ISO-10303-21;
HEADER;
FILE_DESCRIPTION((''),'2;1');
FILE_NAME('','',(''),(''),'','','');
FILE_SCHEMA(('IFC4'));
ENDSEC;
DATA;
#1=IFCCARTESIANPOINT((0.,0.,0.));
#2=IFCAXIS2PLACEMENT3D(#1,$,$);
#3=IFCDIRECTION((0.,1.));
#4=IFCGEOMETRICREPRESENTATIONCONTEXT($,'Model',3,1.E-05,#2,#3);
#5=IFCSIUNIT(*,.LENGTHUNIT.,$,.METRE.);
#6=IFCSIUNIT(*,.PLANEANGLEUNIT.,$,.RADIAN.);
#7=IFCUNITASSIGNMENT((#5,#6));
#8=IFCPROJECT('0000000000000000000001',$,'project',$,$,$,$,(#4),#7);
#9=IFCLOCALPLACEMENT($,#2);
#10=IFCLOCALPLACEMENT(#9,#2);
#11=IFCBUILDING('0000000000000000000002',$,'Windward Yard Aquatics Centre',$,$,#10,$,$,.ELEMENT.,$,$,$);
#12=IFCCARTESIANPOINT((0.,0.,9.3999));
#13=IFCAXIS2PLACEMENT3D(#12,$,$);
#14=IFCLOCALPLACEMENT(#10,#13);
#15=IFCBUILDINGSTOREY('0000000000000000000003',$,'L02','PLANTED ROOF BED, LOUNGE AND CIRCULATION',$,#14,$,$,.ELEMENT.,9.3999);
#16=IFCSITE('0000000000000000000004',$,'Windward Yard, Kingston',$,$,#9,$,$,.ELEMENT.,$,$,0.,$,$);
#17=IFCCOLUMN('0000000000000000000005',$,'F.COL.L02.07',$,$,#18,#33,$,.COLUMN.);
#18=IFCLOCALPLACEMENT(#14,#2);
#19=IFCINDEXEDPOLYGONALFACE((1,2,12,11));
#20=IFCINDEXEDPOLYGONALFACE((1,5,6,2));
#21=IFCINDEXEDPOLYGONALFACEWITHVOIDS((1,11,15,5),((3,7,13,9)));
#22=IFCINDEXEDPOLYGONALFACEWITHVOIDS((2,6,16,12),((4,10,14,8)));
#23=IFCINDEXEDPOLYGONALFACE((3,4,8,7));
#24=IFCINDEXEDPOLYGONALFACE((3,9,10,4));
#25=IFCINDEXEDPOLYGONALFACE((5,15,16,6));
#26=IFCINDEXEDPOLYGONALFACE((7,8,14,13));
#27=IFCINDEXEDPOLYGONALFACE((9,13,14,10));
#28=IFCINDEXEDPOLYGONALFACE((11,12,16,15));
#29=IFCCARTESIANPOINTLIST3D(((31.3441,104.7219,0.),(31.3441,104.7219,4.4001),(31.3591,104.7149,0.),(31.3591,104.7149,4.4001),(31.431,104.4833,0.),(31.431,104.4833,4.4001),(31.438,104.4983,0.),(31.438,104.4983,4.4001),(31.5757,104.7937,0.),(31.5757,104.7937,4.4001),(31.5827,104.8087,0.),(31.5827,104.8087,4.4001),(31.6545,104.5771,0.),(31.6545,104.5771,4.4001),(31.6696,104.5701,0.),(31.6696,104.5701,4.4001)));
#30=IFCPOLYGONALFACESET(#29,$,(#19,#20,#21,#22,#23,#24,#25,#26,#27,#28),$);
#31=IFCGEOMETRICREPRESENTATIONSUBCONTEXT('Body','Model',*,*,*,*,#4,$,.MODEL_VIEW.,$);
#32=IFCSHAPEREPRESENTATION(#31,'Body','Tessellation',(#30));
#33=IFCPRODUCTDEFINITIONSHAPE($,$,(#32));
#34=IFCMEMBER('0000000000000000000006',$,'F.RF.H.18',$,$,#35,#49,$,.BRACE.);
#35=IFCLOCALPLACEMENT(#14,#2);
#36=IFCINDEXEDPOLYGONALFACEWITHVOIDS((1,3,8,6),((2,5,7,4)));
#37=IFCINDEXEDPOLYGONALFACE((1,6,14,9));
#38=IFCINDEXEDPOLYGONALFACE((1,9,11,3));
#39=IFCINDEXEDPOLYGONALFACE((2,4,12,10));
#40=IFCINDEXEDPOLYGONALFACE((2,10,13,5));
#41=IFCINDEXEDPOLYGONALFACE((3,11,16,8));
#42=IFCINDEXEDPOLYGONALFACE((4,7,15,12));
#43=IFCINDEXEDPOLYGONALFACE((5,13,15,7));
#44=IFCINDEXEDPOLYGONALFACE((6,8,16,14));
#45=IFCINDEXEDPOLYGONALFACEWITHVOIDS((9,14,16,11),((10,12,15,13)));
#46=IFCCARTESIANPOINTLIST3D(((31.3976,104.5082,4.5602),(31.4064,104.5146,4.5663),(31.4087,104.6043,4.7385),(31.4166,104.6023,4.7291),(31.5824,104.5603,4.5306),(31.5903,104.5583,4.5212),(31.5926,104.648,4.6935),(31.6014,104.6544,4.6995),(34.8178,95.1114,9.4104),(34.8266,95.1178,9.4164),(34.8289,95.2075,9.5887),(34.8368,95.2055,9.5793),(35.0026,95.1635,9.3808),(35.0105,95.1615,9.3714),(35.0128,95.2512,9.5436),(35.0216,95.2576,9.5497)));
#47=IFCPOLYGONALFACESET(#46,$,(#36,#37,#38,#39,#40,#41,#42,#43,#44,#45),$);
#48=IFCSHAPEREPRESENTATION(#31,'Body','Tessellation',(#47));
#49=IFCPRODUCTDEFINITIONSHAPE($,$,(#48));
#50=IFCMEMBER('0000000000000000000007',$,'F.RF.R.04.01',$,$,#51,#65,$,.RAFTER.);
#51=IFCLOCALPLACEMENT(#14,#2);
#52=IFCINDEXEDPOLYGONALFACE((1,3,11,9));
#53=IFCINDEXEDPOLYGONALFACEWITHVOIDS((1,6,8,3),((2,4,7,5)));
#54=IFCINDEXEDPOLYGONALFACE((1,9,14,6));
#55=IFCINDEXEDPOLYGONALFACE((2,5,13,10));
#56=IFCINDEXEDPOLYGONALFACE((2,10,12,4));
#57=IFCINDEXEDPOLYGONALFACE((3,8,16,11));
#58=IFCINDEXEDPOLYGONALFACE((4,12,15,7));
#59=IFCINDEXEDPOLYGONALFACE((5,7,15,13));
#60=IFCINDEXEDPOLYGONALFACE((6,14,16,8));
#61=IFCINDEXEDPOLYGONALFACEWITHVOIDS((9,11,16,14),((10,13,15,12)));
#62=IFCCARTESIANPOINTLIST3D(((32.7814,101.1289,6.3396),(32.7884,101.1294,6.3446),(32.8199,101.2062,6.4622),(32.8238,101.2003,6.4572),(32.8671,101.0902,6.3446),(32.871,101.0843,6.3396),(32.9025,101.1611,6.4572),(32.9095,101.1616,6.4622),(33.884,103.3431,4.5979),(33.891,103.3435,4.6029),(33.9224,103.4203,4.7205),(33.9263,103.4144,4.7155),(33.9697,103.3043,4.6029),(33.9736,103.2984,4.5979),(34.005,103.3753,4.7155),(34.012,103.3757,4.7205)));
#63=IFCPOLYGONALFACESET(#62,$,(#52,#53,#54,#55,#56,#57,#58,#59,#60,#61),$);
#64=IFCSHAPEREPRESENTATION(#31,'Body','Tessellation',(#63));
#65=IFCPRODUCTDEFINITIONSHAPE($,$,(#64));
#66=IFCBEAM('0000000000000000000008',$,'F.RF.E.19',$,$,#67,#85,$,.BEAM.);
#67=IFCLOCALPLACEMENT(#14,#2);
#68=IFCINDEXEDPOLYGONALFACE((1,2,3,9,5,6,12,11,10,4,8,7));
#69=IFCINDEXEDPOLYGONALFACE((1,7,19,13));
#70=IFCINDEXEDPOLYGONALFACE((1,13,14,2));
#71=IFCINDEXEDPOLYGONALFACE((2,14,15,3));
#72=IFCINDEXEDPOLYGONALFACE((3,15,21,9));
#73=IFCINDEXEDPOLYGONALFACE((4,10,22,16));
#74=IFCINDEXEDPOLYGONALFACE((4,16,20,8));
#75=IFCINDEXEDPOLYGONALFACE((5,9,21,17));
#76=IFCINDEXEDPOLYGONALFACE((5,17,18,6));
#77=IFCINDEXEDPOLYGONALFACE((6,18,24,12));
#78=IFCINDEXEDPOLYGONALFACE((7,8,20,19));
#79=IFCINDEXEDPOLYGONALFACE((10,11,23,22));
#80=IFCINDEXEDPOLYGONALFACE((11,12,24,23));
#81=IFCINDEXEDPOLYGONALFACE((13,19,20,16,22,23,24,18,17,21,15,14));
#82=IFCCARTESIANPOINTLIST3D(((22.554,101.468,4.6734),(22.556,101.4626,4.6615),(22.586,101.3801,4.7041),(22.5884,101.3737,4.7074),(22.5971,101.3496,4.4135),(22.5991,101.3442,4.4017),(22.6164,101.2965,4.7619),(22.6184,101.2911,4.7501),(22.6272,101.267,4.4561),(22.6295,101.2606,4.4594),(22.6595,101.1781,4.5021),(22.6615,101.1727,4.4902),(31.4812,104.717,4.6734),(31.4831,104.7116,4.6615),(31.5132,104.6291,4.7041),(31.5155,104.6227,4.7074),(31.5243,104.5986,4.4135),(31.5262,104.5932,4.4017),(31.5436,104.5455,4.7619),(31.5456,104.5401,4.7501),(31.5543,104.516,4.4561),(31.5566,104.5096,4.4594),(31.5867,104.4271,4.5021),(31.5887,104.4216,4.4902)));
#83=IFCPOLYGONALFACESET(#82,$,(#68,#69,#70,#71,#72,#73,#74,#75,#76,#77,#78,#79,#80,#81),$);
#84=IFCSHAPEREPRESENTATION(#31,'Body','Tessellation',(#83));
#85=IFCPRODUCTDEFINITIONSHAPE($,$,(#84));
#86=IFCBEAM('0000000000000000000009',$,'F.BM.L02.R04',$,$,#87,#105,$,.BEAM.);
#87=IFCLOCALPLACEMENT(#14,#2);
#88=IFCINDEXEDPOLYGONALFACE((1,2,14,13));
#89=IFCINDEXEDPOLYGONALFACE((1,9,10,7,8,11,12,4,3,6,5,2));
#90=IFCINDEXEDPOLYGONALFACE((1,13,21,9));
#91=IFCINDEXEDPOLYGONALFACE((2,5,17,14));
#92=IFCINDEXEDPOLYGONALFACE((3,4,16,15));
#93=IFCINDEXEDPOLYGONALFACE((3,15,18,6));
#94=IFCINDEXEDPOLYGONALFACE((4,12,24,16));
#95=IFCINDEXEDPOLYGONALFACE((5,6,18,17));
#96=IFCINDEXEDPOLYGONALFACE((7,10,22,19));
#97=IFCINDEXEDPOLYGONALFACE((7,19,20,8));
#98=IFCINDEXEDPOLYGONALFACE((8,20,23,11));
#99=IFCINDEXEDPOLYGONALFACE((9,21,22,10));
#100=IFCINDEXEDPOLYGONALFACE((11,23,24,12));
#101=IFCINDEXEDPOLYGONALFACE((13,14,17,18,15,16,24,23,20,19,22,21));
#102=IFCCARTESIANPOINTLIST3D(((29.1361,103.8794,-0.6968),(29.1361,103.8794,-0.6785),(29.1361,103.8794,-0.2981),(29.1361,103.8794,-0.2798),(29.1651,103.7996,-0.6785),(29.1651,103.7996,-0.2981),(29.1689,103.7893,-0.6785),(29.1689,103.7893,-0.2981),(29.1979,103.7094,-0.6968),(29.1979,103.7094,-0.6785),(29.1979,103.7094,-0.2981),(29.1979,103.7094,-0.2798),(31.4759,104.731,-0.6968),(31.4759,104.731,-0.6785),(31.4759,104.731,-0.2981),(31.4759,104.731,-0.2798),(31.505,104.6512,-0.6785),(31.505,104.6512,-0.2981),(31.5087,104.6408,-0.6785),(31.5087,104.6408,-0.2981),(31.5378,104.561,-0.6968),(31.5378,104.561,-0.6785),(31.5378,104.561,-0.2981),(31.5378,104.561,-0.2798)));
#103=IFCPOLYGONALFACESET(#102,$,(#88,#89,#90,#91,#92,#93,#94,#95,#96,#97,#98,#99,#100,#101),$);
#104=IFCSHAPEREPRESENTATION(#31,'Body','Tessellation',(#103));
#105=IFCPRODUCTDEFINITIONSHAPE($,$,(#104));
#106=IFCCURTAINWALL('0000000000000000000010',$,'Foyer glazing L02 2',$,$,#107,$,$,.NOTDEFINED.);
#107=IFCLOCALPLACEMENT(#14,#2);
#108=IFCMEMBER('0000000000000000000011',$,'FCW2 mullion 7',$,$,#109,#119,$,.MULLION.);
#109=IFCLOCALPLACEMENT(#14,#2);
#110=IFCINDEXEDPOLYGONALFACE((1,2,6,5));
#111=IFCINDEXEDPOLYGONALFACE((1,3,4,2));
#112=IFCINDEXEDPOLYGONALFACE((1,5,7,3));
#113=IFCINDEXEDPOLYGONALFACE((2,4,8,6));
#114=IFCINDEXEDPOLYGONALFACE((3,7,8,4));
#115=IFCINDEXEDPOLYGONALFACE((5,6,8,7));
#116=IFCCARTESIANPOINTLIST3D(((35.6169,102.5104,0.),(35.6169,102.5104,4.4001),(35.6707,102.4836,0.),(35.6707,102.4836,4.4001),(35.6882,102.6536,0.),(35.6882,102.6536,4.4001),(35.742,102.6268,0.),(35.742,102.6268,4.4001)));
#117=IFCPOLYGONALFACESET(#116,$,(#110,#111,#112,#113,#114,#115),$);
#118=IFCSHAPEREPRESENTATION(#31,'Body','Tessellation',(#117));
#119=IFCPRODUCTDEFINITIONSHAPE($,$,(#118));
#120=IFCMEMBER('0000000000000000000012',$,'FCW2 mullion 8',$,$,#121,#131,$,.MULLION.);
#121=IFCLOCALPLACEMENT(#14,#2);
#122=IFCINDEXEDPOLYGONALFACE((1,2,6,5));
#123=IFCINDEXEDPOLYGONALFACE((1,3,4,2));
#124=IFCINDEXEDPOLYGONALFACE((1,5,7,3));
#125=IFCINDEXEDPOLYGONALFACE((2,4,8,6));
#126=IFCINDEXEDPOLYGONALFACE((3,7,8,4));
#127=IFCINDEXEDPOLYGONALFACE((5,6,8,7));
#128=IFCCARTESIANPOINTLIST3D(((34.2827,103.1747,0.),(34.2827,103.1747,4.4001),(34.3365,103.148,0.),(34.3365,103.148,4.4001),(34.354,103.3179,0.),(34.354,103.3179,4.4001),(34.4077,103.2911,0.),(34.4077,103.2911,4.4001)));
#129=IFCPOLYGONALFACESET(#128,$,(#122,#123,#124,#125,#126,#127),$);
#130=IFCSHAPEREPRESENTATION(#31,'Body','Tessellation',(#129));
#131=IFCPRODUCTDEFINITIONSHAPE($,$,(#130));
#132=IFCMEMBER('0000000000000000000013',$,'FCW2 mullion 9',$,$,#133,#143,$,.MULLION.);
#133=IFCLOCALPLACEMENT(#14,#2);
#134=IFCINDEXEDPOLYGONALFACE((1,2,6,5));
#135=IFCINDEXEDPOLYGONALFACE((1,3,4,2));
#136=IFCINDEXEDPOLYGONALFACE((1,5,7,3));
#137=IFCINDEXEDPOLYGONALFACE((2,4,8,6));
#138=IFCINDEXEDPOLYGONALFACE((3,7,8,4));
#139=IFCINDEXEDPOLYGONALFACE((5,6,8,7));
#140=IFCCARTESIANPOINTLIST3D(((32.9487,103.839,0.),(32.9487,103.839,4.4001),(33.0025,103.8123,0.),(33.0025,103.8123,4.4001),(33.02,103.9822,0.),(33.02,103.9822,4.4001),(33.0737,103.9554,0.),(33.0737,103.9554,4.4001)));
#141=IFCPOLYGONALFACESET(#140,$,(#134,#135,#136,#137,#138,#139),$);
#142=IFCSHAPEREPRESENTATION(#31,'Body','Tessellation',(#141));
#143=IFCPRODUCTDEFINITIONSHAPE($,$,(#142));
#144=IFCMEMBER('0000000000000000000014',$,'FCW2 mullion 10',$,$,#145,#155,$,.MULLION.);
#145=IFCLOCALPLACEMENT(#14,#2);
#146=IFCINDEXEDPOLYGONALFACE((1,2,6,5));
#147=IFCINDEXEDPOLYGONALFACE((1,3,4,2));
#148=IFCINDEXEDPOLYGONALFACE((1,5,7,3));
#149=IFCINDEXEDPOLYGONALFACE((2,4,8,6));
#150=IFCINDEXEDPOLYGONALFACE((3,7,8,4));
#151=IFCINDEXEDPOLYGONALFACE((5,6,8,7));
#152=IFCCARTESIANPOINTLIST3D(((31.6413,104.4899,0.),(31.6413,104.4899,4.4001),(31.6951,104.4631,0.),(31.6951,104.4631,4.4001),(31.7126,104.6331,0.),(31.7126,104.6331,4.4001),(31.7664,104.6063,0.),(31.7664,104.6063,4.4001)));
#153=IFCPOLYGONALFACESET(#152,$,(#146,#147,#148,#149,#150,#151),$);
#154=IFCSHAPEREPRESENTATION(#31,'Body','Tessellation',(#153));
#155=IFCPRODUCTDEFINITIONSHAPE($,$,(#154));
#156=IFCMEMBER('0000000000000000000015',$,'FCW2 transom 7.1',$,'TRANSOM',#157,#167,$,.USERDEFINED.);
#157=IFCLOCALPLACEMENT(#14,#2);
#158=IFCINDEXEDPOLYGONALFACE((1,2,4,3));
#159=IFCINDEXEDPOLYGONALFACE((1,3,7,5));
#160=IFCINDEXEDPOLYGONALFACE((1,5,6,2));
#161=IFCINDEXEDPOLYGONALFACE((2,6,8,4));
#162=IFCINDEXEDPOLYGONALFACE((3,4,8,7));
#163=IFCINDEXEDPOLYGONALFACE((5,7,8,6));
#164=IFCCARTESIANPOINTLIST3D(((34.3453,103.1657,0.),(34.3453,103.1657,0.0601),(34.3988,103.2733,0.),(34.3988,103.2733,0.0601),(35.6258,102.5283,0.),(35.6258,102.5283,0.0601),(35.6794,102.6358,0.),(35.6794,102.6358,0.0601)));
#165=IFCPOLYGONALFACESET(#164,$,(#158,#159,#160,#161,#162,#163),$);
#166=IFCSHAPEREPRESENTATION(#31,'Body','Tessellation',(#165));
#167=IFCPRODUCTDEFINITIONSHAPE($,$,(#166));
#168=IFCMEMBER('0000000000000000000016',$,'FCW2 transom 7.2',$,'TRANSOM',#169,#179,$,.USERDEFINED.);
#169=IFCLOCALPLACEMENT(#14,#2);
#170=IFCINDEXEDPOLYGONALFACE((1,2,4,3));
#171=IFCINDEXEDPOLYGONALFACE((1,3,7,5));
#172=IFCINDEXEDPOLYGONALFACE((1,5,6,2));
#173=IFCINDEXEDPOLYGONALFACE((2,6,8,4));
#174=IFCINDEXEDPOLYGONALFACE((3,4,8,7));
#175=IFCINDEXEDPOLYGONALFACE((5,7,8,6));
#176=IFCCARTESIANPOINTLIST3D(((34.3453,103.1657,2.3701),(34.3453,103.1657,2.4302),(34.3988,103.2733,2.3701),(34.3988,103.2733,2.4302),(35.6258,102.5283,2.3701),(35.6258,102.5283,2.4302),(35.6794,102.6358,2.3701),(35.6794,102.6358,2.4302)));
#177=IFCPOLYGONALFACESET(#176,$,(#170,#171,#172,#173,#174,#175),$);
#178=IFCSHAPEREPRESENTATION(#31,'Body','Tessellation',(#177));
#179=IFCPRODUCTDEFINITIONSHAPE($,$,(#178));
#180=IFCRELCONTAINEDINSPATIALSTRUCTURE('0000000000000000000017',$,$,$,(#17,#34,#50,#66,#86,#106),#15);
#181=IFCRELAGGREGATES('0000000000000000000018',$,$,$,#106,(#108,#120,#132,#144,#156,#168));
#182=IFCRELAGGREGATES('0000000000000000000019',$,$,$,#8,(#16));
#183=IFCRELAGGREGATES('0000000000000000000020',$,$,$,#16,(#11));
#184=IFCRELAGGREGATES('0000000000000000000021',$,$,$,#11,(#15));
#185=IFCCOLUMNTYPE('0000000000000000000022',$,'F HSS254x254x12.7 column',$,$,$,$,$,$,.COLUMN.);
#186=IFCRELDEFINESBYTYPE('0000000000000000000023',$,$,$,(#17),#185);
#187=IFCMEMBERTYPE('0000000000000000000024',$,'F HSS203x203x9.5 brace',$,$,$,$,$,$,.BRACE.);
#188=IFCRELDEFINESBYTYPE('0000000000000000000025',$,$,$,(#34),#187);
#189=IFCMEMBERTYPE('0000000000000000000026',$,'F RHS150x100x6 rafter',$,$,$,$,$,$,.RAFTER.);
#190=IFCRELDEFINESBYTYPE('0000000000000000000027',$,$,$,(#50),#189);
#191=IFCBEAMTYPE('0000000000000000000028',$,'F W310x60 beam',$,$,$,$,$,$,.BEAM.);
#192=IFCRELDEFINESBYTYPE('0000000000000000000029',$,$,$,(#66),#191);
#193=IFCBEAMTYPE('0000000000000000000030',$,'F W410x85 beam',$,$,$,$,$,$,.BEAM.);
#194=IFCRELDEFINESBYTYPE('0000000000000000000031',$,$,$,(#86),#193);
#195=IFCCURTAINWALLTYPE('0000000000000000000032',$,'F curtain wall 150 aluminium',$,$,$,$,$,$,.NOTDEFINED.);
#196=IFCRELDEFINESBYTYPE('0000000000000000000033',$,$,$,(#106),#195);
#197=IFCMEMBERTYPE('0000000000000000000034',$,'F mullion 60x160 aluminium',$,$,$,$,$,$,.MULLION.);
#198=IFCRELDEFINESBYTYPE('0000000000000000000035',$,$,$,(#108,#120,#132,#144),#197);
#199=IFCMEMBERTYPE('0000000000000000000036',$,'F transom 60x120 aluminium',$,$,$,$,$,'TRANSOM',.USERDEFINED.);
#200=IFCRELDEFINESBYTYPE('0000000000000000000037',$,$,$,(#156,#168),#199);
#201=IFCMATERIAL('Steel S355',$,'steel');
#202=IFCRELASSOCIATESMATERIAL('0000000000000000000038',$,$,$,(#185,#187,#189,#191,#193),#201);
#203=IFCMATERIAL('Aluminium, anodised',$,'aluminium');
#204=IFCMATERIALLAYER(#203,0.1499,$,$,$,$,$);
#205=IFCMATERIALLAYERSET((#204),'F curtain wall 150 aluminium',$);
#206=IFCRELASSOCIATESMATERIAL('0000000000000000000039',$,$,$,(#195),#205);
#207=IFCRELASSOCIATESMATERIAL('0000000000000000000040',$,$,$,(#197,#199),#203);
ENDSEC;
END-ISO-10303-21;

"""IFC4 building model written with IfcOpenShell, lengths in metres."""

from ifc_helpers import new_model, si_unit, direction, frame, origin, origin_2d, place, context, subcontext, project, spatial, rectangle, hollow_rectangle, i_section, extrude, material, layer, layer_set, material_profile, profile_set, type_object, element, aggregate, save


model = new_model("IFC4")

# Units and contexts
model_context = context("Model", 3, precision=1e-05, world=origin(), true_north=direction((0.0, 1.0)))
body_context = subcontext(model_context, "Body", "Model", "MODEL_VIEW")
ifc_project = project(units=[si_unit("LENGTHUNIT", "METRE"), si_unit("PLANEANGLEUNIT", "RADIAN")], contexts=[model_context])

# Site, building, storey
site_placement = place(None, origin())
site = spatial("IfcSite", under=ifc_project, at=site_placement, Name="Windward Yard, Kingston", CompositionType="ELEMENT", RefElevation=0.0)
building_placement = place(site_placement, origin())
building = spatial("IfcBuilding", under=site, at=building_placement, Name="Windward Yard Aquatics Centre", CompositionType="ELEMENT")
storey_placement = place(building_placement, frame((0.0, 0.0, 9.3999)))
storey = spatial("IfcBuildingStorey", under=building, at=storey_placement, Name="L02", Description="PLANTED ROOF BED, LOUNGE AND CIRCULATION", CompositionType="ELEMENT", Elevation=9.3999)

# Column
ifc_material_1 = material(Name="Steel S355", Category="steel")
ifc_material_profile_1 = material_profile(ifc_material_1, hollow_rectangle(XDim=0.2539, YDim=0.2539, WallThickness=0.0117, at=origin_2d()), Name="HSS254x254x12.7")
ifc_profile_set_1 = profile_set([ifc_material_profile_1], Name="Steel S355")
column_type = type_object("IfcColumnType", Name="F HSS254x254x12.7 column", PredefinedType="COLUMN", material=ifc_profile_set_1)
column_placement = place(storey_placement, frame((31.5068, 104.646, 0.0), z_axis=(0.0, 0.0, 1.0), x_axis=(0.939693, 0.34202, 0.0)))
element("IfcColumn", 1, at=column_placement, inside=storey, type_object=column_type, Name="F.COL.L02.07", PredefinedType="COLUMN", context=body_context, shape_type="SweptSolid", body=[
    extrude(hollow_rectangle(XDim=0.2539, YDim=0.2539, WallThickness=0.0117, at=origin_2d()), origin(), (0.0, 0.0, 1.0), 4.4001),
])

# Members
ifc_material_profile_2 = material_profile(ifc_material_1, hollow_rectangle(XDim=0.2029, YDim=0.2029, WallThickness=0.0088, at=origin_2d()), Name="HSS203x203x9.5")
ifc_profile_set_2 = profile_set([ifc_material_profile_2], Name="Steel S355")
member_type_1 = type_object("IfcMemberType", Name="F HSS203x203x9.5 brace", PredefinedType="BRACE", material=ifc_profile_set_2)
member_1_placement = place(storey_placement, frame((31.4995, 104.5813, 4.6299), z_axis=(0.307737, -0.845491, 0.436398), x_axis=(0.949884, 0.246516, -0.192226)))
element("IfcMember", 2, at=member_1_placement, inside=storey, type_object=member_type_1, Name="F.RF.H.18", PredefinedType="BRACE", context=body_context, shape_type="SweptSolid", body=[
    extrude(hollow_rectangle(XDim=0.2029, YDim=0.2029, WallThickness=0.0088, at=origin_2d()), origin(), (0.0, 0.0, 1.0), 11.114),
])
ifc_material_profile_3 = material_profile(ifc_material_1, hollow_rectangle(XDim=0.1001, YDim=0.1499, WallThickness=0.0061, at=origin_2d()), Name="RHS150x100x6")
ifc_profile_set_3 = profile_set([ifc_material_profile_3], Name="Steel S355")
member_type_2 = type_object("IfcMemberType", Name="F RHS150x100x6 rafter", PredefinedType="RAFTER", material=ifc_profile_set_3)
member_2_placement = place(storey_placement, frame((33.948, 103.3594, 4.6592), z_axis=(-0.36446, -0.731907, 0.575744), x_axis=(0.895156, -0.445752, 0.0)))
element("IfcMember", 3, at=member_2_placement, inside=storey, type_object=member_type_2, Name="F.RF.R.04.01", PredefinedType="RAFTER", context=body_context, shape_type="SweptSolid", body=[
    extrude(hollow_rectangle(XDim=0.1001, YDim=0.1499, WallThickness=0.0061, at=origin_2d()), origin(), (0.0, 0.0, 1.0), 3.0251),
])

# Beams
ifc_material_profile_4 = material_profile(ifc_material_1, i_section(OverallWidth=0.2029, OverallDepth=0.302, WebThickness=0.0076, FlangeThickness=0.0132, at=origin_2d()), Name="W310x60")
ifc_profile_set_4 = profile_set([ifc_material_profile_4], Name="Steel S355")
beam_type_1 = type_object("IfcBeamType", Name="F W310x60 beam", PredefinedType="BEAM", material=ifc_profile_set_4)
beam_1_placement = place(storey_placement, frame((31.5349, 104.5693, 4.5818), z_axis=(-0.9397, -0.341999, 0.0), x_axis=(0.307717, -0.845505, 0.436384)))
element("IfcBeam", 4, at=beam_1_placement, inside=storey, type_object=beam_type_1, Name="F.RF.E.19", PredefinedType="BEAM", context=body_context, shape_type="SweptSolid", body=[
    extrude(i_section(OverallWidth=0.2029, OverallDepth=0.302, WebThickness=0.0076, FlangeThickness=0.0132, at=origin_2d()), origin(), (0.0, 0.0, 1.0), 9.5),
])
ifc_material_profile_5 = material_profile(ifc_material_1, i_section(OverallWidth=0.1809, OverallDepth=0.417, WebThickness=0.011, FlangeThickness=0.0183, at=origin_2d()), Name="W410x85")
ifc_profile_set_5 = profile_set([ifc_material_profile_5], Name="Steel S355")
beam_type_2 = type_object("IfcBeamType", Name="F W410x85 beam", PredefinedType="BEAM", material=ifc_profile_set_5)
beam_2_placement = place(storey_placement, frame((31.5068, 104.646, -0.4883), z_axis=(-0.939702, -0.341995, 0.0), x_axis=(0.341995, -0.939702, 0.0)))
element("IfcBeam", 5, at=beam_2_placement, inside=storey, type_object=beam_type_2, Name="F.BM.L02.R04", PredefinedType="BEAM", context=body_context, shape_type="SweptSolid", body=[
    extrude(i_section(OverallWidth=0.1809, OverallDepth=0.417, WebThickness=0.011, FlangeThickness=0.0183, at=origin_2d()), origin(), (0.0, 0.0, 1.0), 2.49),
])

# Curtain wall, members
ifc_material_2 = material(Name="Aluminium, anodised", Category="aluminium")
ifc_layer_1 = layer(ifc_material_2, 0.1499)
ifc_layer_set_1 = layer_set([ifc_layer_1], Name="F curtain wall 150 aluminium")
curtain_wall_type = type_object("IfcCurtainWallType", Name="F curtain wall 150 aluminium", PredefinedType="NOTDEFINED", material=ifc_layer_set_1)
curtain_wall_placement = place(storey_placement, origin())
curtain_wall = element("IfcCurtainWall", 6, at=curtain_wall_placement, inside=storey, type_object=curtain_wall_type, Name="Foyer glazing L02 2", PredefinedType="NOTDEFINED")
ifc_material_profile_6 = material_profile(ifc_material_2, rectangle(XDim=0.1599, YDim=0.0601, at=origin_2d()), Name="MULLION 60x160")
ifc_profile_set_6 = profile_set([ifc_material_profile_6], Name="Aluminium, anodised")
member_type_3 = type_object("IfcMemberType", Name="F mullion 60x160 aluminium", PredefinedType="MULLION", material=ifc_profile_set_6)
member_3_placement = place(storey_placement, frame((35.6794, 102.5686, 0.0), z_axis=(0.0, 0.0, 1.0), x_axis=(-0.445707, -0.895179, 0.0)))
member_3 = element("IfcMember", 7, at=member_3_placement, type_object=member_type_3, Name="FCW2 mullion 7", PredefinedType="MULLION", context=body_context, shape_type="SweptSolid", body=[
    extrude(rectangle(XDim=0.1599, YDim=0.0601, at=origin_2d()), origin(), (0.0, 0.0, 1.0), 4.4001),
])
member_4_placement = place(storey_placement, frame((34.3452, 103.2329, 0.0), z_axis=(0.0, 0.0, 1.0), x_axis=(-0.445707, -0.895179, 0.0)))
member_4 = element("IfcMember", 8, at=member_4_placement, type_object=member_type_3, Name="FCW2 mullion 8", PredefinedType="MULLION", context=body_context, shape_type="SweptSolid", body=[
    extrude(rectangle(XDim=0.1599, YDim=0.0601, at=origin_2d()), origin(), (0.0, 0.0, 1.0), 4.4001),
])
member_5_placement = place(storey_placement, frame((33.0112, 103.8972, 0.0), z_axis=(0.0, 0.0, 1.0), x_axis=(-0.445707, -0.895179, 0.0)))
member_5 = element("IfcMember", 9, at=member_5_placement, type_object=member_type_3, Name="FCW2 mullion 9", PredefinedType="MULLION", context=body_context, shape_type="SweptSolid", body=[
    extrude(rectangle(XDim=0.1599, YDim=0.0601, at=origin_2d()), origin(), (0.0, 0.0, 1.0), 4.4001),
])
member_6_placement = place(storey_placement, frame((31.7039, 104.5481, 0.0), z_axis=(0.0, 0.0, 1.0), x_axis=(-0.445707, -0.895179, 0.0)))
member_6 = element("IfcMember", 10, at=member_6_placement, type_object=member_type_3, Name="FCW2 mullion 10", PredefinedType="MULLION", context=body_context, shape_type="SweptSolid", body=[
    extrude(rectangle(XDim=0.1599, YDim=0.0601, at=origin_2d()), origin(), (0.0, 0.0, 1.0), 4.4001),
])
ifc_material_profile_7 = material_profile(ifc_material_2, rectangle(XDim=0.1201, YDim=0.0601, at=origin_2d()), Name="TRANSOM 60x120")
ifc_profile_set_7 = profile_set([ifc_material_profile_7], Name="Aluminium, anodised")
member_type_4 = type_object("IfcMemberType", Name="F transom 60x120 aluminium", ElementType="TRANSOM", PredefinedType="USERDEFINED", material=ifc_profile_set_7)
member_7_placement = place(storey_placement, frame((35.6526, 102.582, 0.03), z_axis=(-0.895211, 0.445643, 0.0), x_axis=(-0.445643, -0.895211, 0.0)))
member_7 = element("IfcMember", 11, at=member_7_placement, type_object=member_type_4, Name="FCW2 transom 7.1", ObjectType="TRANSOM", PredefinedType="USERDEFINED", context=body_context, shape_type="SweptSolid", body=[
    extrude(rectangle(XDim=0.1201, YDim=0.0601, at=origin_2d()), origin(), (0.0, 0.0, 1.0), 1.4304),
])
member_8_placement = place(storey_placement, frame((35.6526, 102.582, 2.4001), z_axis=(-0.895211, 0.445643, 0.0), x_axis=(-0.445643, -0.895211, 0.0)))
member_8 = element("IfcMember", 12, at=member_8_placement, type_object=member_type_4, Name="FCW2 transom 7.2", ObjectType="TRANSOM", PredefinedType="USERDEFINED", context=body_context, shape_type="SweptSolid", body=[
    extrude(rectangle(XDim=0.1201, YDim=0.0601, at=origin_2d()), origin(), (0.0, 0.0, 1.0), 1.4304),
])
aggregate(curtain_wall, [member_3, member_4, member_5, member_6, member_7, member_8])

save(model, "model.ifc")
